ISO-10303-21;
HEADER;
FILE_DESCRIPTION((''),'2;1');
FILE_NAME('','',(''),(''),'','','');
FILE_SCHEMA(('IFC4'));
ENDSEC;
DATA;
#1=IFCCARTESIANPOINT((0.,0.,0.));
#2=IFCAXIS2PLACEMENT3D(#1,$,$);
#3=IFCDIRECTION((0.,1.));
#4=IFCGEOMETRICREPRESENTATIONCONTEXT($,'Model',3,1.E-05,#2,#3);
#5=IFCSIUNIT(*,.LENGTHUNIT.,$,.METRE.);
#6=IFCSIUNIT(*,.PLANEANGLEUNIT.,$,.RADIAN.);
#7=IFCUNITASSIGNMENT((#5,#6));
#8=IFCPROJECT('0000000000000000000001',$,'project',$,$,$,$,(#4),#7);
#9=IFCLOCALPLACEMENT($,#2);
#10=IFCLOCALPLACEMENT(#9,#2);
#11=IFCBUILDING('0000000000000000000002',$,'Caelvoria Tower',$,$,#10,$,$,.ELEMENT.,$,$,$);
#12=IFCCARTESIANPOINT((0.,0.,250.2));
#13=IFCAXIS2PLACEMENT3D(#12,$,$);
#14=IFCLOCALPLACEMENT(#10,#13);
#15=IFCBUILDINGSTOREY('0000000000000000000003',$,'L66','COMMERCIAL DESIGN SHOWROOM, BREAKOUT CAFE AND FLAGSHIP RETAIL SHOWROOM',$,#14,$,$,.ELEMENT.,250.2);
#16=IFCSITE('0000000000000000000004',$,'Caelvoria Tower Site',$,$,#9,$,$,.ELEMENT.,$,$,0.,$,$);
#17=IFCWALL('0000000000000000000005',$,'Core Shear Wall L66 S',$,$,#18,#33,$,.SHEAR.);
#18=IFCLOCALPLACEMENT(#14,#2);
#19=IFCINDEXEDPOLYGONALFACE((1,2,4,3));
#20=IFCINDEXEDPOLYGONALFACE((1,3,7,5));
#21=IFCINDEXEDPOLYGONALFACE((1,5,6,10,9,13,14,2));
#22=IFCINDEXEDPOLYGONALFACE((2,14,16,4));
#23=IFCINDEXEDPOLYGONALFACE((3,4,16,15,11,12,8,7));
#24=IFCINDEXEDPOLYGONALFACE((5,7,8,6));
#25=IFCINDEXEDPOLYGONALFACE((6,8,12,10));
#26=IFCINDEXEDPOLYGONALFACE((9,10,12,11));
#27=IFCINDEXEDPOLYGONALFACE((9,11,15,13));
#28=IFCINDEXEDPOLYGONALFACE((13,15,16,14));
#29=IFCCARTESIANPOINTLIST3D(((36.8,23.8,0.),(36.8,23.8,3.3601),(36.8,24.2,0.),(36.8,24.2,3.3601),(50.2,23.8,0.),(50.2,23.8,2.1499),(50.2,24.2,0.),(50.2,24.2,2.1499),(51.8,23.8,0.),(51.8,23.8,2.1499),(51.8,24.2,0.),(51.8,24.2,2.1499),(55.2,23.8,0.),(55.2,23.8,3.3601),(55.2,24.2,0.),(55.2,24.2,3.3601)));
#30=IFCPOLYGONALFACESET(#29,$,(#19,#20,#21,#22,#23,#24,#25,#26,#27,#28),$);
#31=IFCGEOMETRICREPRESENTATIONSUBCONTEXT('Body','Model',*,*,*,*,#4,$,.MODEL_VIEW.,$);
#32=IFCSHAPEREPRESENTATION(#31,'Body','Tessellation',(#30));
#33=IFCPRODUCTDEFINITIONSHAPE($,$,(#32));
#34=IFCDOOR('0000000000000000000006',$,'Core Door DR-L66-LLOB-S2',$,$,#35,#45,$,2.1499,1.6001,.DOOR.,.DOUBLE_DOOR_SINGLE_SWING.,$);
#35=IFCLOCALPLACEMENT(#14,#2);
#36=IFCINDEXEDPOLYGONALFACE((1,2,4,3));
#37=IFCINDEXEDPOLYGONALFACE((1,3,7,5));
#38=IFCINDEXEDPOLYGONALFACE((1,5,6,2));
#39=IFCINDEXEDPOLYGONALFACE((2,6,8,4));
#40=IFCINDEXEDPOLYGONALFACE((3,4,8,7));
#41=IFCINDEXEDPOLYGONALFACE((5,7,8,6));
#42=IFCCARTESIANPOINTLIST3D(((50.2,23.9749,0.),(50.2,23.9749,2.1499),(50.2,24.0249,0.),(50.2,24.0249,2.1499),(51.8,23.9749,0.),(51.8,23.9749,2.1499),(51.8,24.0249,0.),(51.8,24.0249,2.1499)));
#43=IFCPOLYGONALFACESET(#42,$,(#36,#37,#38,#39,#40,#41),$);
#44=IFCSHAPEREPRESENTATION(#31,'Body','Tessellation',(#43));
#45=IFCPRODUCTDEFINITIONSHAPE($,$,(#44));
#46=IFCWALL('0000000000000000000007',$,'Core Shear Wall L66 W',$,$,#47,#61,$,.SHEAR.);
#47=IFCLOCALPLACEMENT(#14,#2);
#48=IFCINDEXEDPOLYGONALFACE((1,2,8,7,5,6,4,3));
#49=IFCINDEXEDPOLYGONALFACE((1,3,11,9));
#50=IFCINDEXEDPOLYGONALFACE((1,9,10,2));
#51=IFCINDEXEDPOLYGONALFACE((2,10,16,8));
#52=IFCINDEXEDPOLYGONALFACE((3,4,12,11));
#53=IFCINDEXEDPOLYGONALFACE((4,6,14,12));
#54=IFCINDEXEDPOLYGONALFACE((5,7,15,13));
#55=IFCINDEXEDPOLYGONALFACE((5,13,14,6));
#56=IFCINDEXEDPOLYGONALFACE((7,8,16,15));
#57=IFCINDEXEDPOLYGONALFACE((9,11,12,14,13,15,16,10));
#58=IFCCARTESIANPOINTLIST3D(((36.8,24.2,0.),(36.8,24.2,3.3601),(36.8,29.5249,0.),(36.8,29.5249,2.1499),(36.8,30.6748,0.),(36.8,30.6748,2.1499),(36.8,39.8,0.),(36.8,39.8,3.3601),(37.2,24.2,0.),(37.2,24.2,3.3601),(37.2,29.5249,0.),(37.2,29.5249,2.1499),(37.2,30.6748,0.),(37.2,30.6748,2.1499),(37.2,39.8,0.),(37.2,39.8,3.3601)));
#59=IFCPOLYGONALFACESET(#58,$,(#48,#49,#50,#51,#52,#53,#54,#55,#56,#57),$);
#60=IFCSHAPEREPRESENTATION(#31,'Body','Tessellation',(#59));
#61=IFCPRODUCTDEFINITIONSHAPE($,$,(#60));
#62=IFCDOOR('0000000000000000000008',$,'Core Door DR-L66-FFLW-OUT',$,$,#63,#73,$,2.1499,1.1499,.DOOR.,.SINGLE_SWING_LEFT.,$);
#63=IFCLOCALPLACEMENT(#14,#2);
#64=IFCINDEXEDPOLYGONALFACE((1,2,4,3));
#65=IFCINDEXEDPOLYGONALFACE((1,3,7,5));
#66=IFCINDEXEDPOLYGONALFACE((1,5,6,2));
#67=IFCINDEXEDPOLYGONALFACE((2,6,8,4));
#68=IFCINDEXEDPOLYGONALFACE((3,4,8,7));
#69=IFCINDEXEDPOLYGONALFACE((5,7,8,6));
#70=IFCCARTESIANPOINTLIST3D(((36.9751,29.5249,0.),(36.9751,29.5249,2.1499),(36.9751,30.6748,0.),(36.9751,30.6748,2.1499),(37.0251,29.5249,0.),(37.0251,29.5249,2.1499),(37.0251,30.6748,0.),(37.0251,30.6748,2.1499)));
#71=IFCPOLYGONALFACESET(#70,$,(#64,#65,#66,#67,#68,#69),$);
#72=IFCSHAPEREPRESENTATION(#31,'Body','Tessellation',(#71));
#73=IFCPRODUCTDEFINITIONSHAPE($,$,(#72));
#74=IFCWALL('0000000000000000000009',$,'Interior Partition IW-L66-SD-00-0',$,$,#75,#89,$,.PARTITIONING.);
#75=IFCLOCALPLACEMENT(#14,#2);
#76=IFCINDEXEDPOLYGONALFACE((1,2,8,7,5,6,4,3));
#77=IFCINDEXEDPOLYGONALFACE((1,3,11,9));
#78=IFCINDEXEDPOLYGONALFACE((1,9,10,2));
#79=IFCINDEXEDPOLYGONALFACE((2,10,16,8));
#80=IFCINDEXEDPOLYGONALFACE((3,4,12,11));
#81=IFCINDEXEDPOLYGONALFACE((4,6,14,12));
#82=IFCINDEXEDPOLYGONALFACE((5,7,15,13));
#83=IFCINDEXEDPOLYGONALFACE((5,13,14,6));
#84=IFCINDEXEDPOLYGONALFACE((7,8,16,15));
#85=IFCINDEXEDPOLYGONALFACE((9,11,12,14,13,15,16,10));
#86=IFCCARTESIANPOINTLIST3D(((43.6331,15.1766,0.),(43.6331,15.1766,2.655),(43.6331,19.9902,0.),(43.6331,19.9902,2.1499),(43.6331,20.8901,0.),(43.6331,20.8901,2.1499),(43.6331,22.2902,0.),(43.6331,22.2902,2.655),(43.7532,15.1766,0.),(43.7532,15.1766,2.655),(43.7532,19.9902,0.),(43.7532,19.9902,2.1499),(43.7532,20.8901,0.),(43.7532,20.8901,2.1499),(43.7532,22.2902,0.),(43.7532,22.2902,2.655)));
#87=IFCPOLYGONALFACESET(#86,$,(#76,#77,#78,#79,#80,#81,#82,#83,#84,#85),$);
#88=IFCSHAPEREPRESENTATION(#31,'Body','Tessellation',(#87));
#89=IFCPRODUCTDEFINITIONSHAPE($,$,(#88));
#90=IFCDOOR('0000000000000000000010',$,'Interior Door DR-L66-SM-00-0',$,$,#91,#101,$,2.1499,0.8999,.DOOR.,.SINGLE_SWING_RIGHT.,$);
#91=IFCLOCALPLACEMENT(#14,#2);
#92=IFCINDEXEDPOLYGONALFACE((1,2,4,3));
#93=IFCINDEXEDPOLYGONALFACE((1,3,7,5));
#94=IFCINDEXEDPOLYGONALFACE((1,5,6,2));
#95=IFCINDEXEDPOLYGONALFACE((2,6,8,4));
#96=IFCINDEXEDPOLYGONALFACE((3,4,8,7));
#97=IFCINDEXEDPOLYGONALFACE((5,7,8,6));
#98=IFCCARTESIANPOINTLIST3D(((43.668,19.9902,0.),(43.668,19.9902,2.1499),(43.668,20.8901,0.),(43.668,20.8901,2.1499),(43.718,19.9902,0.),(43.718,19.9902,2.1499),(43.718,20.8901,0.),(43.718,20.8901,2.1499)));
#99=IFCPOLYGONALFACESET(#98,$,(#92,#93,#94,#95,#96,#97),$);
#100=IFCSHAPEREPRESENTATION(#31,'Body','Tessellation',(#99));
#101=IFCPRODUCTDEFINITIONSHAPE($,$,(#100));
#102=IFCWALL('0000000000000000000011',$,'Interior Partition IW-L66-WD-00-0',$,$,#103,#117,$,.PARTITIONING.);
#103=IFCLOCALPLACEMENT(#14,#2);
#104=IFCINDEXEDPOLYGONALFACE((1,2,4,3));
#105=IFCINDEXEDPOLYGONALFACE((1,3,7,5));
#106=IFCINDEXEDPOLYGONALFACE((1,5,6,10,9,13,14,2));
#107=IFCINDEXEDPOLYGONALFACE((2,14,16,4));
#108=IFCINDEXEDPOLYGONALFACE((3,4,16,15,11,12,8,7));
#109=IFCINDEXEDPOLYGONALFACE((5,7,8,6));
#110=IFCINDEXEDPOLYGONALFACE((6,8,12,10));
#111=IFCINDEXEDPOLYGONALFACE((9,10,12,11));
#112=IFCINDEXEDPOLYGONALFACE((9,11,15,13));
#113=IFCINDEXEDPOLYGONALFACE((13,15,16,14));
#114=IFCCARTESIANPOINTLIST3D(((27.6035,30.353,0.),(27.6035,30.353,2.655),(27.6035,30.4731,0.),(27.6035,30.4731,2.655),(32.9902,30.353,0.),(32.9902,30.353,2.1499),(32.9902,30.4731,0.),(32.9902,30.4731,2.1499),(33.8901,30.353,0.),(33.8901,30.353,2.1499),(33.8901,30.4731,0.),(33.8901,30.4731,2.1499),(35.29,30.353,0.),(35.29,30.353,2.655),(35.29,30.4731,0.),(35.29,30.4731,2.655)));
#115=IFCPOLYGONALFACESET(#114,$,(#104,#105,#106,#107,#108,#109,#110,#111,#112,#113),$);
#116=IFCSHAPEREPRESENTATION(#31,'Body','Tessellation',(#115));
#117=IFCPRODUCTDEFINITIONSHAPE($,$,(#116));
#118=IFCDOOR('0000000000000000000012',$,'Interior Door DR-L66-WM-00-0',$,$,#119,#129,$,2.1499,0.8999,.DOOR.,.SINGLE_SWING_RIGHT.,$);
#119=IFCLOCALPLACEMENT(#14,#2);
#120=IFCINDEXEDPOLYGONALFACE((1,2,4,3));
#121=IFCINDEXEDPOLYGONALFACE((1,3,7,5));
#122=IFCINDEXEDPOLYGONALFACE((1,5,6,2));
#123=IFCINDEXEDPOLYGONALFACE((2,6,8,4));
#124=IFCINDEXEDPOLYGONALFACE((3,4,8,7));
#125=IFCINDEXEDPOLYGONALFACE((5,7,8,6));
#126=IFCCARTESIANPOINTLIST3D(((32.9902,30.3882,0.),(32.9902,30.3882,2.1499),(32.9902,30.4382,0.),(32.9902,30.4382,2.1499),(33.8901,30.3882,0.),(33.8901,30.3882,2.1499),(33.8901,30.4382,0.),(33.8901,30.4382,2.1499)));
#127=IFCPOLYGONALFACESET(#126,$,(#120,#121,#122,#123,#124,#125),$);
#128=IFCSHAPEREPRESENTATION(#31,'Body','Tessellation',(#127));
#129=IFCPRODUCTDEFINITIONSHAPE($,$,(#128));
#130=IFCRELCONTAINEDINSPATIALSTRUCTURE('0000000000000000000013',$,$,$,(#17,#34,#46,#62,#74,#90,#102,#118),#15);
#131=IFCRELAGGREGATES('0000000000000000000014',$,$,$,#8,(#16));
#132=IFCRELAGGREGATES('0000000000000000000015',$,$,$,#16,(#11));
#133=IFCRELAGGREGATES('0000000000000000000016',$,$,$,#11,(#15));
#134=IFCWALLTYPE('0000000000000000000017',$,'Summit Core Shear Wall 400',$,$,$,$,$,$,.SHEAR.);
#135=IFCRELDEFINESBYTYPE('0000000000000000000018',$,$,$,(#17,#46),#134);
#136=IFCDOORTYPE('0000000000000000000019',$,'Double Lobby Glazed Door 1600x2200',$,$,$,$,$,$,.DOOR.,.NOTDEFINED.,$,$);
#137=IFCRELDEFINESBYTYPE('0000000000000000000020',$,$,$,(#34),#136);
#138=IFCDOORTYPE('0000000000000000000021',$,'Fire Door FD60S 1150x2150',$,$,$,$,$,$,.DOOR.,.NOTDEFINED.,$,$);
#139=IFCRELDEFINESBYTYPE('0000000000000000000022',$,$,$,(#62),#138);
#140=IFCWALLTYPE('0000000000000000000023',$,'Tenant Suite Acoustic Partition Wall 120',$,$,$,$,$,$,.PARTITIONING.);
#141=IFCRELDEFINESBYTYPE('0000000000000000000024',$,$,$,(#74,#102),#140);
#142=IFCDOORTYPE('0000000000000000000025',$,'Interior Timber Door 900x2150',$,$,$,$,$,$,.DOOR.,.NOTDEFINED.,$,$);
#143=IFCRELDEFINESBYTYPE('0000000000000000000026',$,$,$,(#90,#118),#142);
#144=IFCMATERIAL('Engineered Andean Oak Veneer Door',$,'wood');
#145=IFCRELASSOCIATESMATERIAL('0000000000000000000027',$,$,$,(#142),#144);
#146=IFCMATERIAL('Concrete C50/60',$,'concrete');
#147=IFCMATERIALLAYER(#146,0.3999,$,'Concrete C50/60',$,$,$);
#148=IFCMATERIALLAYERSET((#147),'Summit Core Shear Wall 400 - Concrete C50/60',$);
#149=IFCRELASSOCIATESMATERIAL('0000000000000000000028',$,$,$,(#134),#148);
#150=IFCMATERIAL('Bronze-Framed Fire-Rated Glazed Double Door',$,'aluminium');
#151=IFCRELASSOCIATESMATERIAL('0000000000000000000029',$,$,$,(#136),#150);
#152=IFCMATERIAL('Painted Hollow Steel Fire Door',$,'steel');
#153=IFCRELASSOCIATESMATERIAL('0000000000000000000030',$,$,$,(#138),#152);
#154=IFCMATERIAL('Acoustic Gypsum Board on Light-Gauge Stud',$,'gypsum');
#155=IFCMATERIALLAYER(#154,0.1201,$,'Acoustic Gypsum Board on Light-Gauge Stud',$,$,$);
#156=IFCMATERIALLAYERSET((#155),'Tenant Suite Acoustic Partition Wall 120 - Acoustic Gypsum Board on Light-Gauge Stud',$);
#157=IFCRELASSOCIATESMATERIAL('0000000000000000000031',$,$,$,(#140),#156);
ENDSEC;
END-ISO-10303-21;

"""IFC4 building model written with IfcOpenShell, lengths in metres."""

from ifc_helpers import new_model, si_unit, direction, frame, frame_2d, origin, place, context, subcontext, project, spatial, rectangle, extrude, material, layer, layer_set, type_object, element, fill, save


model = new_model("IFC4")

# Units and contexts
model_context = context("Model", 3, precision=1e-05, world=origin(), true_north=direction((0.0, 1.0)))
body_context = subcontext(model_context, "Body", "Model", "MODEL_VIEW")
ifc_project = project(units=[si_unit("LENGTHUNIT", "METRE"), si_unit("PLANEANGLEUNIT", "RADIAN")], contexts=[model_context])

# Site, building, storey
site_placement = place(None, origin())
site = spatial("IfcSite", under=ifc_project, at=site_placement, Name="Caelvoria Tower Site", CompositionType="ELEMENT", RefElevation=0.0)
building_placement = place(site_placement, origin())
building = spatial("IfcBuilding", under=site, at=building_placement, Name="Caelvoria Tower", CompositionType="ELEMENT")
storey_placement = place(building_placement, frame((0.0, 0.0, 250.2)))
storey = spatial("IfcBuildingStorey", under=building, at=storey_placement, Name="L66", Description="COMMERCIAL DESIGN SHOWROOM, BREAKOUT CAFE AND FLAGSHIP RETAIL SHOWROOM", CompositionType="ELEMENT", Elevation=250.2)

# Shared definitions
ifc_material_1 = material(Name="Concrete C50/60", Category="concrete")

# Walls, openings, doors
ifc_material_2 = material(Name="Engineered Andean Oak Veneer Door", Category="wood")
door_type_1 = type_object("IfcDoorType", Name="Interior Timber Door 900x2150", OperationType="NOTDEFINED", PredefinedType="DOOR", material=ifc_material_2)
ifc_layer_1 = layer(ifc_material_1, 0.3999, Name="Concrete C50/60")
ifc_layer_set_1 = layer_set([ifc_layer_1], Name="Summit Core Shear Wall 400 - Concrete C50/60")
wall_type_1 = type_object("IfcWallType", Name="Summit Core Shear Wall 400", PredefinedType="SHEAR", material=ifc_layer_set_1)
wall_1_placement = place(storey_placement, frame((36.8, 24.0, 0.0), z_axis=(0.0, 0.0, 1.0), x_axis=(1.0, 0.0, 0.0)))
wall_1 = element("IfcWall", 1, at=wall_1_placement, inside=storey, type_object=wall_type_1, Name="Core Shear Wall L66 S", PredefinedType="SHEAR", context=body_context, shape_type="SweptSolid", body=[
    extrude(rectangle(XDim=18.3999, YDim=0.3999, at=frame_2d((9.2, 0.0))), origin(), (0.0, 0.0, 1.0), 3.3601),
])
opening_1_placement = place(wall_1_placement, frame((13.3999, 0.0, 0.0)))
opening_1 = element("IfcOpeningElement", 2, at=opening_1_placement, cuts=wall_1, PredefinedType="OPENING", context=body_context, shape_type="SweptSolid", body=[
    extrude(rectangle(XDim=1.6001, YDim=2.1499, at=frame_2d((0.8, 1.075))), frame((0.0, 0.21, 0.0), z_axis=(0.0, -1.0, 0.0), x_axis=(1.0, 0.0, 0.0)), (0.0, 0.0, 1.0), 0.4199),
])
ifc_material_3 = material(Name="Bronze-Framed Fire-Rated Glazed Double Door", Category="aluminium")
door_type_2 = type_object("IfcDoorType", Name="Double Lobby Glazed Door 1600x2200", OperationType="NOTDEFINED", PredefinedType="DOOR", material=ifc_material_3)
door_1_placement = place(opening_1_placement, origin())
door_1 = element("IfcDoor", 3, at=door_1_placement, inside=storey, type_object=door_type_2, Name="Core Door DR-L66-LLOB-S2", OperationType="DOUBLE_DOOR_SINGLE_SWING", OverallHeight=2.1499, OverallWidth=1.6001, PredefinedType="DOOR", context=body_context, shape_type="SweptSolid", body=[
    extrude(rectangle(XDim=1.6001, YDim=2.1499, at=frame_2d((0.8, 1.075))), frame((0.0, 0.0249, 0.0), z_axis=(0.0, -1.0, 0.0), x_axis=(1.0, 0.0, 0.0)), (0.0, 0.0, 1.0), 0.05),
])
fill(opening_1, door_1)
wall_2_placement = place(storey_placement, frame((37.0, 24.2, 0.0), z_axis=(0.0, 0.0, 1.0), x_axis=(0.0, 1.0, 0.0)))
wall_2 = element("IfcWall", 4, at=wall_2_placement, inside=storey, type_object=wall_type_1, Name="Core Shear Wall L66 W", PredefinedType="SHEAR", context=body_context, shape_type="SweptSolid", body=[
    extrude(rectangle(XDim=15.6001, YDim=0.3999, at=frame_2d((7.8, 0.0))), origin(), (0.0, 0.0, 1.0), 3.3601),
])
opening_2_placement = place(wall_2_placement, frame((5.325, 0.0, 0.0)))
opening_2 = element("IfcOpeningElement", 5, at=opening_2_placement, cuts=wall_2, PredefinedType="OPENING", context=body_context, shape_type="SweptSolid", body=[
    extrude(rectangle(XDim=1.1499, YDim=2.1499, at=frame_2d((0.575, 1.075))), frame((0.0, 0.21, 0.0), z_axis=(0.0, -1.0, 0.0), x_axis=(1.0, 0.0, 0.0)), (0.0, 0.0, 1.0), 0.4199),
])
ifc_material_4 = material(Name="Painted Hollow Steel Fire Door", Category="steel")
door_type_3 = type_object("IfcDoorType", Name="Fire Door FD60S 1150x2150", OperationType="NOTDEFINED", PredefinedType="DOOR", material=ifc_material_4)
door_2_placement = place(opening_2_placement, origin())
door_2 = element("IfcDoor", 6, at=door_2_placement, inside=storey, type_object=door_type_3, Name="Core Door DR-L66-FFLW-OUT", OperationType="SINGLE_SWING_LEFT", OverallHeight=2.1499, OverallWidth=1.1499, PredefinedType="DOOR", context=body_context, shape_type="SweptSolid", body=[
    extrude(rectangle(XDim=1.1499, YDim=2.1499, at=frame_2d((0.575, 1.075))), frame((0.0, 0.0249, 0.0), z_axis=(0.0, -1.0, 0.0), x_axis=(1.0, 0.0, 0.0)), (0.0, 0.0, 1.0), 0.05),
])
fill(opening_2, door_2)
ifc_material_5 = material(Name="Acoustic Gypsum Board on Light-Gauge Stud", Category="gypsum")
ifc_layer_2 = layer(ifc_material_5, 0.1201, Name="Acoustic Gypsum Board on Light-Gauge Stud")
ifc_layer_set_2 = layer_set([ifc_layer_2], Name="Tenant Suite Acoustic Partition Wall 120 - Acoustic Gypsum Board on Light-Gauge Stud")
wall_type_2 = type_object("IfcWallType", Name="Tenant Suite Acoustic Partition Wall 120", PredefinedType="PARTITIONING", material=ifc_layer_set_2)
wall_3_placement = place(storey_placement, frame((43.6931, 22.29, 0.0), z_axis=(0.0, 0.0, 1.0), x_axis=(0.0, -1.0, 0.0)))
wall_3 = element("IfcWall", 7, at=wall_3_placement, inside=storey, type_object=wall_type_2, Name="Interior Partition IW-L66-SD-00-0", PredefinedType="PARTITIONING", context=body_context, shape_type="SweptSolid", body=[
    extrude(rectangle(XDim=7.1135, YDim=0.1201, at=frame_2d((3.5566, 0.0))), origin(), (0.0, 0.0, 1.0), 2.655),
])
opening_3_placement = place(wall_3_placement, frame((1.3999, 0.0, 0.0)))
opening_3 = element("IfcOpeningElement", 8, at=opening_3_placement, cuts=wall_3, PredefinedType="OPENING", context=body_context, shape_type="SweptSolid", body=[
    extrude(rectangle(XDim=0.8999, YDim=2.1499, at=frame_2d((0.45, 1.075))), frame((0.0, 0.0701, 0.0), z_axis=(0.0, -1.0, 0.0), x_axis=(1.0, 0.0, 0.0)), (0.0, 0.0, 1.0), 0.1401),
])
door_3_placement = place(opening_3_placement, origin())
door_3 = element("IfcDoor", 9, at=door_3_placement, inside=storey, type_object=door_type_1, Name="Interior Door DR-L66-SM-00-0", OperationType="SINGLE_SWING_RIGHT", OverallHeight=2.1499, OverallWidth=0.8999, PredefinedType="DOOR", context=body_context, shape_type="SweptSolid", body=[
    extrude(rectangle(XDim=0.8999, YDim=2.1499, at=frame_2d((0.45, 1.075))), frame((0.0, 0.0249, 0.0), z_axis=(0.0, -1.0, 0.0), x_axis=(1.0, 0.0, 0.0)), (0.0, 0.0, 1.0), 0.05),
])
fill(opening_3, door_3)
wall_4_placement = place(storey_placement, frame((35.29, 30.4131, 0.0), z_axis=(0.0, 0.0, 1.0), x_axis=(-1.0, 0.0, 0.0)))
wall_4 = element("IfcWall", 10, at=wall_4_placement, inside=storey, type_object=wall_type_2, Name="Interior Partition IW-L66-WD-00-0", PredefinedType="PARTITIONING", context=body_context, shape_type="SweptSolid", body=[
    extrude(rectangle(XDim=7.6865, YDim=0.1201, at=frame_2d((3.8433, 0.0))), origin(), (0.0, 0.0, 1.0), 2.655),
])
opening_4_placement = place(wall_4_placement, frame((1.3999, 0.0, 0.0)))
opening_4 = element("IfcOpeningElement", 11, at=opening_4_placement, cuts=wall_4, PredefinedType="OPENING", context=body_context, shape_type="SweptSolid", body=[
    extrude(rectangle(XDim=0.8999, YDim=2.1499, at=frame_2d((0.45, 1.075))), frame((0.0, 0.0701, 0.0), z_axis=(0.0, -1.0, 0.0), x_axis=(1.0, 0.0, 0.0)), (0.0, 0.0, 1.0), 0.1401),
])
door_4_placement = place(opening_4_placement, origin())
door_4 = element("IfcDoor", 12, at=door_4_placement, inside=storey, type_object=door_type_1, Name="Interior Door DR-L66-WM-00-0", OperationType="SINGLE_SWING_RIGHT", OverallHeight=2.1499, OverallWidth=0.8999, PredefinedType="DOOR", context=body_context, shape_type="SweptSolid", body=[
    extrude(rectangle(XDim=0.8999, YDim=2.1499, at=frame_2d((0.45, 1.075))), frame((0.0, 0.0249, 0.0), z_axis=(0.0, -1.0, 0.0), x_axis=(1.0, 0.0, 0.0)), (0.0, 0.0, 1.0), 0.05),
])
fill(opening_4, door_4)

save(model, "model.ifc")
